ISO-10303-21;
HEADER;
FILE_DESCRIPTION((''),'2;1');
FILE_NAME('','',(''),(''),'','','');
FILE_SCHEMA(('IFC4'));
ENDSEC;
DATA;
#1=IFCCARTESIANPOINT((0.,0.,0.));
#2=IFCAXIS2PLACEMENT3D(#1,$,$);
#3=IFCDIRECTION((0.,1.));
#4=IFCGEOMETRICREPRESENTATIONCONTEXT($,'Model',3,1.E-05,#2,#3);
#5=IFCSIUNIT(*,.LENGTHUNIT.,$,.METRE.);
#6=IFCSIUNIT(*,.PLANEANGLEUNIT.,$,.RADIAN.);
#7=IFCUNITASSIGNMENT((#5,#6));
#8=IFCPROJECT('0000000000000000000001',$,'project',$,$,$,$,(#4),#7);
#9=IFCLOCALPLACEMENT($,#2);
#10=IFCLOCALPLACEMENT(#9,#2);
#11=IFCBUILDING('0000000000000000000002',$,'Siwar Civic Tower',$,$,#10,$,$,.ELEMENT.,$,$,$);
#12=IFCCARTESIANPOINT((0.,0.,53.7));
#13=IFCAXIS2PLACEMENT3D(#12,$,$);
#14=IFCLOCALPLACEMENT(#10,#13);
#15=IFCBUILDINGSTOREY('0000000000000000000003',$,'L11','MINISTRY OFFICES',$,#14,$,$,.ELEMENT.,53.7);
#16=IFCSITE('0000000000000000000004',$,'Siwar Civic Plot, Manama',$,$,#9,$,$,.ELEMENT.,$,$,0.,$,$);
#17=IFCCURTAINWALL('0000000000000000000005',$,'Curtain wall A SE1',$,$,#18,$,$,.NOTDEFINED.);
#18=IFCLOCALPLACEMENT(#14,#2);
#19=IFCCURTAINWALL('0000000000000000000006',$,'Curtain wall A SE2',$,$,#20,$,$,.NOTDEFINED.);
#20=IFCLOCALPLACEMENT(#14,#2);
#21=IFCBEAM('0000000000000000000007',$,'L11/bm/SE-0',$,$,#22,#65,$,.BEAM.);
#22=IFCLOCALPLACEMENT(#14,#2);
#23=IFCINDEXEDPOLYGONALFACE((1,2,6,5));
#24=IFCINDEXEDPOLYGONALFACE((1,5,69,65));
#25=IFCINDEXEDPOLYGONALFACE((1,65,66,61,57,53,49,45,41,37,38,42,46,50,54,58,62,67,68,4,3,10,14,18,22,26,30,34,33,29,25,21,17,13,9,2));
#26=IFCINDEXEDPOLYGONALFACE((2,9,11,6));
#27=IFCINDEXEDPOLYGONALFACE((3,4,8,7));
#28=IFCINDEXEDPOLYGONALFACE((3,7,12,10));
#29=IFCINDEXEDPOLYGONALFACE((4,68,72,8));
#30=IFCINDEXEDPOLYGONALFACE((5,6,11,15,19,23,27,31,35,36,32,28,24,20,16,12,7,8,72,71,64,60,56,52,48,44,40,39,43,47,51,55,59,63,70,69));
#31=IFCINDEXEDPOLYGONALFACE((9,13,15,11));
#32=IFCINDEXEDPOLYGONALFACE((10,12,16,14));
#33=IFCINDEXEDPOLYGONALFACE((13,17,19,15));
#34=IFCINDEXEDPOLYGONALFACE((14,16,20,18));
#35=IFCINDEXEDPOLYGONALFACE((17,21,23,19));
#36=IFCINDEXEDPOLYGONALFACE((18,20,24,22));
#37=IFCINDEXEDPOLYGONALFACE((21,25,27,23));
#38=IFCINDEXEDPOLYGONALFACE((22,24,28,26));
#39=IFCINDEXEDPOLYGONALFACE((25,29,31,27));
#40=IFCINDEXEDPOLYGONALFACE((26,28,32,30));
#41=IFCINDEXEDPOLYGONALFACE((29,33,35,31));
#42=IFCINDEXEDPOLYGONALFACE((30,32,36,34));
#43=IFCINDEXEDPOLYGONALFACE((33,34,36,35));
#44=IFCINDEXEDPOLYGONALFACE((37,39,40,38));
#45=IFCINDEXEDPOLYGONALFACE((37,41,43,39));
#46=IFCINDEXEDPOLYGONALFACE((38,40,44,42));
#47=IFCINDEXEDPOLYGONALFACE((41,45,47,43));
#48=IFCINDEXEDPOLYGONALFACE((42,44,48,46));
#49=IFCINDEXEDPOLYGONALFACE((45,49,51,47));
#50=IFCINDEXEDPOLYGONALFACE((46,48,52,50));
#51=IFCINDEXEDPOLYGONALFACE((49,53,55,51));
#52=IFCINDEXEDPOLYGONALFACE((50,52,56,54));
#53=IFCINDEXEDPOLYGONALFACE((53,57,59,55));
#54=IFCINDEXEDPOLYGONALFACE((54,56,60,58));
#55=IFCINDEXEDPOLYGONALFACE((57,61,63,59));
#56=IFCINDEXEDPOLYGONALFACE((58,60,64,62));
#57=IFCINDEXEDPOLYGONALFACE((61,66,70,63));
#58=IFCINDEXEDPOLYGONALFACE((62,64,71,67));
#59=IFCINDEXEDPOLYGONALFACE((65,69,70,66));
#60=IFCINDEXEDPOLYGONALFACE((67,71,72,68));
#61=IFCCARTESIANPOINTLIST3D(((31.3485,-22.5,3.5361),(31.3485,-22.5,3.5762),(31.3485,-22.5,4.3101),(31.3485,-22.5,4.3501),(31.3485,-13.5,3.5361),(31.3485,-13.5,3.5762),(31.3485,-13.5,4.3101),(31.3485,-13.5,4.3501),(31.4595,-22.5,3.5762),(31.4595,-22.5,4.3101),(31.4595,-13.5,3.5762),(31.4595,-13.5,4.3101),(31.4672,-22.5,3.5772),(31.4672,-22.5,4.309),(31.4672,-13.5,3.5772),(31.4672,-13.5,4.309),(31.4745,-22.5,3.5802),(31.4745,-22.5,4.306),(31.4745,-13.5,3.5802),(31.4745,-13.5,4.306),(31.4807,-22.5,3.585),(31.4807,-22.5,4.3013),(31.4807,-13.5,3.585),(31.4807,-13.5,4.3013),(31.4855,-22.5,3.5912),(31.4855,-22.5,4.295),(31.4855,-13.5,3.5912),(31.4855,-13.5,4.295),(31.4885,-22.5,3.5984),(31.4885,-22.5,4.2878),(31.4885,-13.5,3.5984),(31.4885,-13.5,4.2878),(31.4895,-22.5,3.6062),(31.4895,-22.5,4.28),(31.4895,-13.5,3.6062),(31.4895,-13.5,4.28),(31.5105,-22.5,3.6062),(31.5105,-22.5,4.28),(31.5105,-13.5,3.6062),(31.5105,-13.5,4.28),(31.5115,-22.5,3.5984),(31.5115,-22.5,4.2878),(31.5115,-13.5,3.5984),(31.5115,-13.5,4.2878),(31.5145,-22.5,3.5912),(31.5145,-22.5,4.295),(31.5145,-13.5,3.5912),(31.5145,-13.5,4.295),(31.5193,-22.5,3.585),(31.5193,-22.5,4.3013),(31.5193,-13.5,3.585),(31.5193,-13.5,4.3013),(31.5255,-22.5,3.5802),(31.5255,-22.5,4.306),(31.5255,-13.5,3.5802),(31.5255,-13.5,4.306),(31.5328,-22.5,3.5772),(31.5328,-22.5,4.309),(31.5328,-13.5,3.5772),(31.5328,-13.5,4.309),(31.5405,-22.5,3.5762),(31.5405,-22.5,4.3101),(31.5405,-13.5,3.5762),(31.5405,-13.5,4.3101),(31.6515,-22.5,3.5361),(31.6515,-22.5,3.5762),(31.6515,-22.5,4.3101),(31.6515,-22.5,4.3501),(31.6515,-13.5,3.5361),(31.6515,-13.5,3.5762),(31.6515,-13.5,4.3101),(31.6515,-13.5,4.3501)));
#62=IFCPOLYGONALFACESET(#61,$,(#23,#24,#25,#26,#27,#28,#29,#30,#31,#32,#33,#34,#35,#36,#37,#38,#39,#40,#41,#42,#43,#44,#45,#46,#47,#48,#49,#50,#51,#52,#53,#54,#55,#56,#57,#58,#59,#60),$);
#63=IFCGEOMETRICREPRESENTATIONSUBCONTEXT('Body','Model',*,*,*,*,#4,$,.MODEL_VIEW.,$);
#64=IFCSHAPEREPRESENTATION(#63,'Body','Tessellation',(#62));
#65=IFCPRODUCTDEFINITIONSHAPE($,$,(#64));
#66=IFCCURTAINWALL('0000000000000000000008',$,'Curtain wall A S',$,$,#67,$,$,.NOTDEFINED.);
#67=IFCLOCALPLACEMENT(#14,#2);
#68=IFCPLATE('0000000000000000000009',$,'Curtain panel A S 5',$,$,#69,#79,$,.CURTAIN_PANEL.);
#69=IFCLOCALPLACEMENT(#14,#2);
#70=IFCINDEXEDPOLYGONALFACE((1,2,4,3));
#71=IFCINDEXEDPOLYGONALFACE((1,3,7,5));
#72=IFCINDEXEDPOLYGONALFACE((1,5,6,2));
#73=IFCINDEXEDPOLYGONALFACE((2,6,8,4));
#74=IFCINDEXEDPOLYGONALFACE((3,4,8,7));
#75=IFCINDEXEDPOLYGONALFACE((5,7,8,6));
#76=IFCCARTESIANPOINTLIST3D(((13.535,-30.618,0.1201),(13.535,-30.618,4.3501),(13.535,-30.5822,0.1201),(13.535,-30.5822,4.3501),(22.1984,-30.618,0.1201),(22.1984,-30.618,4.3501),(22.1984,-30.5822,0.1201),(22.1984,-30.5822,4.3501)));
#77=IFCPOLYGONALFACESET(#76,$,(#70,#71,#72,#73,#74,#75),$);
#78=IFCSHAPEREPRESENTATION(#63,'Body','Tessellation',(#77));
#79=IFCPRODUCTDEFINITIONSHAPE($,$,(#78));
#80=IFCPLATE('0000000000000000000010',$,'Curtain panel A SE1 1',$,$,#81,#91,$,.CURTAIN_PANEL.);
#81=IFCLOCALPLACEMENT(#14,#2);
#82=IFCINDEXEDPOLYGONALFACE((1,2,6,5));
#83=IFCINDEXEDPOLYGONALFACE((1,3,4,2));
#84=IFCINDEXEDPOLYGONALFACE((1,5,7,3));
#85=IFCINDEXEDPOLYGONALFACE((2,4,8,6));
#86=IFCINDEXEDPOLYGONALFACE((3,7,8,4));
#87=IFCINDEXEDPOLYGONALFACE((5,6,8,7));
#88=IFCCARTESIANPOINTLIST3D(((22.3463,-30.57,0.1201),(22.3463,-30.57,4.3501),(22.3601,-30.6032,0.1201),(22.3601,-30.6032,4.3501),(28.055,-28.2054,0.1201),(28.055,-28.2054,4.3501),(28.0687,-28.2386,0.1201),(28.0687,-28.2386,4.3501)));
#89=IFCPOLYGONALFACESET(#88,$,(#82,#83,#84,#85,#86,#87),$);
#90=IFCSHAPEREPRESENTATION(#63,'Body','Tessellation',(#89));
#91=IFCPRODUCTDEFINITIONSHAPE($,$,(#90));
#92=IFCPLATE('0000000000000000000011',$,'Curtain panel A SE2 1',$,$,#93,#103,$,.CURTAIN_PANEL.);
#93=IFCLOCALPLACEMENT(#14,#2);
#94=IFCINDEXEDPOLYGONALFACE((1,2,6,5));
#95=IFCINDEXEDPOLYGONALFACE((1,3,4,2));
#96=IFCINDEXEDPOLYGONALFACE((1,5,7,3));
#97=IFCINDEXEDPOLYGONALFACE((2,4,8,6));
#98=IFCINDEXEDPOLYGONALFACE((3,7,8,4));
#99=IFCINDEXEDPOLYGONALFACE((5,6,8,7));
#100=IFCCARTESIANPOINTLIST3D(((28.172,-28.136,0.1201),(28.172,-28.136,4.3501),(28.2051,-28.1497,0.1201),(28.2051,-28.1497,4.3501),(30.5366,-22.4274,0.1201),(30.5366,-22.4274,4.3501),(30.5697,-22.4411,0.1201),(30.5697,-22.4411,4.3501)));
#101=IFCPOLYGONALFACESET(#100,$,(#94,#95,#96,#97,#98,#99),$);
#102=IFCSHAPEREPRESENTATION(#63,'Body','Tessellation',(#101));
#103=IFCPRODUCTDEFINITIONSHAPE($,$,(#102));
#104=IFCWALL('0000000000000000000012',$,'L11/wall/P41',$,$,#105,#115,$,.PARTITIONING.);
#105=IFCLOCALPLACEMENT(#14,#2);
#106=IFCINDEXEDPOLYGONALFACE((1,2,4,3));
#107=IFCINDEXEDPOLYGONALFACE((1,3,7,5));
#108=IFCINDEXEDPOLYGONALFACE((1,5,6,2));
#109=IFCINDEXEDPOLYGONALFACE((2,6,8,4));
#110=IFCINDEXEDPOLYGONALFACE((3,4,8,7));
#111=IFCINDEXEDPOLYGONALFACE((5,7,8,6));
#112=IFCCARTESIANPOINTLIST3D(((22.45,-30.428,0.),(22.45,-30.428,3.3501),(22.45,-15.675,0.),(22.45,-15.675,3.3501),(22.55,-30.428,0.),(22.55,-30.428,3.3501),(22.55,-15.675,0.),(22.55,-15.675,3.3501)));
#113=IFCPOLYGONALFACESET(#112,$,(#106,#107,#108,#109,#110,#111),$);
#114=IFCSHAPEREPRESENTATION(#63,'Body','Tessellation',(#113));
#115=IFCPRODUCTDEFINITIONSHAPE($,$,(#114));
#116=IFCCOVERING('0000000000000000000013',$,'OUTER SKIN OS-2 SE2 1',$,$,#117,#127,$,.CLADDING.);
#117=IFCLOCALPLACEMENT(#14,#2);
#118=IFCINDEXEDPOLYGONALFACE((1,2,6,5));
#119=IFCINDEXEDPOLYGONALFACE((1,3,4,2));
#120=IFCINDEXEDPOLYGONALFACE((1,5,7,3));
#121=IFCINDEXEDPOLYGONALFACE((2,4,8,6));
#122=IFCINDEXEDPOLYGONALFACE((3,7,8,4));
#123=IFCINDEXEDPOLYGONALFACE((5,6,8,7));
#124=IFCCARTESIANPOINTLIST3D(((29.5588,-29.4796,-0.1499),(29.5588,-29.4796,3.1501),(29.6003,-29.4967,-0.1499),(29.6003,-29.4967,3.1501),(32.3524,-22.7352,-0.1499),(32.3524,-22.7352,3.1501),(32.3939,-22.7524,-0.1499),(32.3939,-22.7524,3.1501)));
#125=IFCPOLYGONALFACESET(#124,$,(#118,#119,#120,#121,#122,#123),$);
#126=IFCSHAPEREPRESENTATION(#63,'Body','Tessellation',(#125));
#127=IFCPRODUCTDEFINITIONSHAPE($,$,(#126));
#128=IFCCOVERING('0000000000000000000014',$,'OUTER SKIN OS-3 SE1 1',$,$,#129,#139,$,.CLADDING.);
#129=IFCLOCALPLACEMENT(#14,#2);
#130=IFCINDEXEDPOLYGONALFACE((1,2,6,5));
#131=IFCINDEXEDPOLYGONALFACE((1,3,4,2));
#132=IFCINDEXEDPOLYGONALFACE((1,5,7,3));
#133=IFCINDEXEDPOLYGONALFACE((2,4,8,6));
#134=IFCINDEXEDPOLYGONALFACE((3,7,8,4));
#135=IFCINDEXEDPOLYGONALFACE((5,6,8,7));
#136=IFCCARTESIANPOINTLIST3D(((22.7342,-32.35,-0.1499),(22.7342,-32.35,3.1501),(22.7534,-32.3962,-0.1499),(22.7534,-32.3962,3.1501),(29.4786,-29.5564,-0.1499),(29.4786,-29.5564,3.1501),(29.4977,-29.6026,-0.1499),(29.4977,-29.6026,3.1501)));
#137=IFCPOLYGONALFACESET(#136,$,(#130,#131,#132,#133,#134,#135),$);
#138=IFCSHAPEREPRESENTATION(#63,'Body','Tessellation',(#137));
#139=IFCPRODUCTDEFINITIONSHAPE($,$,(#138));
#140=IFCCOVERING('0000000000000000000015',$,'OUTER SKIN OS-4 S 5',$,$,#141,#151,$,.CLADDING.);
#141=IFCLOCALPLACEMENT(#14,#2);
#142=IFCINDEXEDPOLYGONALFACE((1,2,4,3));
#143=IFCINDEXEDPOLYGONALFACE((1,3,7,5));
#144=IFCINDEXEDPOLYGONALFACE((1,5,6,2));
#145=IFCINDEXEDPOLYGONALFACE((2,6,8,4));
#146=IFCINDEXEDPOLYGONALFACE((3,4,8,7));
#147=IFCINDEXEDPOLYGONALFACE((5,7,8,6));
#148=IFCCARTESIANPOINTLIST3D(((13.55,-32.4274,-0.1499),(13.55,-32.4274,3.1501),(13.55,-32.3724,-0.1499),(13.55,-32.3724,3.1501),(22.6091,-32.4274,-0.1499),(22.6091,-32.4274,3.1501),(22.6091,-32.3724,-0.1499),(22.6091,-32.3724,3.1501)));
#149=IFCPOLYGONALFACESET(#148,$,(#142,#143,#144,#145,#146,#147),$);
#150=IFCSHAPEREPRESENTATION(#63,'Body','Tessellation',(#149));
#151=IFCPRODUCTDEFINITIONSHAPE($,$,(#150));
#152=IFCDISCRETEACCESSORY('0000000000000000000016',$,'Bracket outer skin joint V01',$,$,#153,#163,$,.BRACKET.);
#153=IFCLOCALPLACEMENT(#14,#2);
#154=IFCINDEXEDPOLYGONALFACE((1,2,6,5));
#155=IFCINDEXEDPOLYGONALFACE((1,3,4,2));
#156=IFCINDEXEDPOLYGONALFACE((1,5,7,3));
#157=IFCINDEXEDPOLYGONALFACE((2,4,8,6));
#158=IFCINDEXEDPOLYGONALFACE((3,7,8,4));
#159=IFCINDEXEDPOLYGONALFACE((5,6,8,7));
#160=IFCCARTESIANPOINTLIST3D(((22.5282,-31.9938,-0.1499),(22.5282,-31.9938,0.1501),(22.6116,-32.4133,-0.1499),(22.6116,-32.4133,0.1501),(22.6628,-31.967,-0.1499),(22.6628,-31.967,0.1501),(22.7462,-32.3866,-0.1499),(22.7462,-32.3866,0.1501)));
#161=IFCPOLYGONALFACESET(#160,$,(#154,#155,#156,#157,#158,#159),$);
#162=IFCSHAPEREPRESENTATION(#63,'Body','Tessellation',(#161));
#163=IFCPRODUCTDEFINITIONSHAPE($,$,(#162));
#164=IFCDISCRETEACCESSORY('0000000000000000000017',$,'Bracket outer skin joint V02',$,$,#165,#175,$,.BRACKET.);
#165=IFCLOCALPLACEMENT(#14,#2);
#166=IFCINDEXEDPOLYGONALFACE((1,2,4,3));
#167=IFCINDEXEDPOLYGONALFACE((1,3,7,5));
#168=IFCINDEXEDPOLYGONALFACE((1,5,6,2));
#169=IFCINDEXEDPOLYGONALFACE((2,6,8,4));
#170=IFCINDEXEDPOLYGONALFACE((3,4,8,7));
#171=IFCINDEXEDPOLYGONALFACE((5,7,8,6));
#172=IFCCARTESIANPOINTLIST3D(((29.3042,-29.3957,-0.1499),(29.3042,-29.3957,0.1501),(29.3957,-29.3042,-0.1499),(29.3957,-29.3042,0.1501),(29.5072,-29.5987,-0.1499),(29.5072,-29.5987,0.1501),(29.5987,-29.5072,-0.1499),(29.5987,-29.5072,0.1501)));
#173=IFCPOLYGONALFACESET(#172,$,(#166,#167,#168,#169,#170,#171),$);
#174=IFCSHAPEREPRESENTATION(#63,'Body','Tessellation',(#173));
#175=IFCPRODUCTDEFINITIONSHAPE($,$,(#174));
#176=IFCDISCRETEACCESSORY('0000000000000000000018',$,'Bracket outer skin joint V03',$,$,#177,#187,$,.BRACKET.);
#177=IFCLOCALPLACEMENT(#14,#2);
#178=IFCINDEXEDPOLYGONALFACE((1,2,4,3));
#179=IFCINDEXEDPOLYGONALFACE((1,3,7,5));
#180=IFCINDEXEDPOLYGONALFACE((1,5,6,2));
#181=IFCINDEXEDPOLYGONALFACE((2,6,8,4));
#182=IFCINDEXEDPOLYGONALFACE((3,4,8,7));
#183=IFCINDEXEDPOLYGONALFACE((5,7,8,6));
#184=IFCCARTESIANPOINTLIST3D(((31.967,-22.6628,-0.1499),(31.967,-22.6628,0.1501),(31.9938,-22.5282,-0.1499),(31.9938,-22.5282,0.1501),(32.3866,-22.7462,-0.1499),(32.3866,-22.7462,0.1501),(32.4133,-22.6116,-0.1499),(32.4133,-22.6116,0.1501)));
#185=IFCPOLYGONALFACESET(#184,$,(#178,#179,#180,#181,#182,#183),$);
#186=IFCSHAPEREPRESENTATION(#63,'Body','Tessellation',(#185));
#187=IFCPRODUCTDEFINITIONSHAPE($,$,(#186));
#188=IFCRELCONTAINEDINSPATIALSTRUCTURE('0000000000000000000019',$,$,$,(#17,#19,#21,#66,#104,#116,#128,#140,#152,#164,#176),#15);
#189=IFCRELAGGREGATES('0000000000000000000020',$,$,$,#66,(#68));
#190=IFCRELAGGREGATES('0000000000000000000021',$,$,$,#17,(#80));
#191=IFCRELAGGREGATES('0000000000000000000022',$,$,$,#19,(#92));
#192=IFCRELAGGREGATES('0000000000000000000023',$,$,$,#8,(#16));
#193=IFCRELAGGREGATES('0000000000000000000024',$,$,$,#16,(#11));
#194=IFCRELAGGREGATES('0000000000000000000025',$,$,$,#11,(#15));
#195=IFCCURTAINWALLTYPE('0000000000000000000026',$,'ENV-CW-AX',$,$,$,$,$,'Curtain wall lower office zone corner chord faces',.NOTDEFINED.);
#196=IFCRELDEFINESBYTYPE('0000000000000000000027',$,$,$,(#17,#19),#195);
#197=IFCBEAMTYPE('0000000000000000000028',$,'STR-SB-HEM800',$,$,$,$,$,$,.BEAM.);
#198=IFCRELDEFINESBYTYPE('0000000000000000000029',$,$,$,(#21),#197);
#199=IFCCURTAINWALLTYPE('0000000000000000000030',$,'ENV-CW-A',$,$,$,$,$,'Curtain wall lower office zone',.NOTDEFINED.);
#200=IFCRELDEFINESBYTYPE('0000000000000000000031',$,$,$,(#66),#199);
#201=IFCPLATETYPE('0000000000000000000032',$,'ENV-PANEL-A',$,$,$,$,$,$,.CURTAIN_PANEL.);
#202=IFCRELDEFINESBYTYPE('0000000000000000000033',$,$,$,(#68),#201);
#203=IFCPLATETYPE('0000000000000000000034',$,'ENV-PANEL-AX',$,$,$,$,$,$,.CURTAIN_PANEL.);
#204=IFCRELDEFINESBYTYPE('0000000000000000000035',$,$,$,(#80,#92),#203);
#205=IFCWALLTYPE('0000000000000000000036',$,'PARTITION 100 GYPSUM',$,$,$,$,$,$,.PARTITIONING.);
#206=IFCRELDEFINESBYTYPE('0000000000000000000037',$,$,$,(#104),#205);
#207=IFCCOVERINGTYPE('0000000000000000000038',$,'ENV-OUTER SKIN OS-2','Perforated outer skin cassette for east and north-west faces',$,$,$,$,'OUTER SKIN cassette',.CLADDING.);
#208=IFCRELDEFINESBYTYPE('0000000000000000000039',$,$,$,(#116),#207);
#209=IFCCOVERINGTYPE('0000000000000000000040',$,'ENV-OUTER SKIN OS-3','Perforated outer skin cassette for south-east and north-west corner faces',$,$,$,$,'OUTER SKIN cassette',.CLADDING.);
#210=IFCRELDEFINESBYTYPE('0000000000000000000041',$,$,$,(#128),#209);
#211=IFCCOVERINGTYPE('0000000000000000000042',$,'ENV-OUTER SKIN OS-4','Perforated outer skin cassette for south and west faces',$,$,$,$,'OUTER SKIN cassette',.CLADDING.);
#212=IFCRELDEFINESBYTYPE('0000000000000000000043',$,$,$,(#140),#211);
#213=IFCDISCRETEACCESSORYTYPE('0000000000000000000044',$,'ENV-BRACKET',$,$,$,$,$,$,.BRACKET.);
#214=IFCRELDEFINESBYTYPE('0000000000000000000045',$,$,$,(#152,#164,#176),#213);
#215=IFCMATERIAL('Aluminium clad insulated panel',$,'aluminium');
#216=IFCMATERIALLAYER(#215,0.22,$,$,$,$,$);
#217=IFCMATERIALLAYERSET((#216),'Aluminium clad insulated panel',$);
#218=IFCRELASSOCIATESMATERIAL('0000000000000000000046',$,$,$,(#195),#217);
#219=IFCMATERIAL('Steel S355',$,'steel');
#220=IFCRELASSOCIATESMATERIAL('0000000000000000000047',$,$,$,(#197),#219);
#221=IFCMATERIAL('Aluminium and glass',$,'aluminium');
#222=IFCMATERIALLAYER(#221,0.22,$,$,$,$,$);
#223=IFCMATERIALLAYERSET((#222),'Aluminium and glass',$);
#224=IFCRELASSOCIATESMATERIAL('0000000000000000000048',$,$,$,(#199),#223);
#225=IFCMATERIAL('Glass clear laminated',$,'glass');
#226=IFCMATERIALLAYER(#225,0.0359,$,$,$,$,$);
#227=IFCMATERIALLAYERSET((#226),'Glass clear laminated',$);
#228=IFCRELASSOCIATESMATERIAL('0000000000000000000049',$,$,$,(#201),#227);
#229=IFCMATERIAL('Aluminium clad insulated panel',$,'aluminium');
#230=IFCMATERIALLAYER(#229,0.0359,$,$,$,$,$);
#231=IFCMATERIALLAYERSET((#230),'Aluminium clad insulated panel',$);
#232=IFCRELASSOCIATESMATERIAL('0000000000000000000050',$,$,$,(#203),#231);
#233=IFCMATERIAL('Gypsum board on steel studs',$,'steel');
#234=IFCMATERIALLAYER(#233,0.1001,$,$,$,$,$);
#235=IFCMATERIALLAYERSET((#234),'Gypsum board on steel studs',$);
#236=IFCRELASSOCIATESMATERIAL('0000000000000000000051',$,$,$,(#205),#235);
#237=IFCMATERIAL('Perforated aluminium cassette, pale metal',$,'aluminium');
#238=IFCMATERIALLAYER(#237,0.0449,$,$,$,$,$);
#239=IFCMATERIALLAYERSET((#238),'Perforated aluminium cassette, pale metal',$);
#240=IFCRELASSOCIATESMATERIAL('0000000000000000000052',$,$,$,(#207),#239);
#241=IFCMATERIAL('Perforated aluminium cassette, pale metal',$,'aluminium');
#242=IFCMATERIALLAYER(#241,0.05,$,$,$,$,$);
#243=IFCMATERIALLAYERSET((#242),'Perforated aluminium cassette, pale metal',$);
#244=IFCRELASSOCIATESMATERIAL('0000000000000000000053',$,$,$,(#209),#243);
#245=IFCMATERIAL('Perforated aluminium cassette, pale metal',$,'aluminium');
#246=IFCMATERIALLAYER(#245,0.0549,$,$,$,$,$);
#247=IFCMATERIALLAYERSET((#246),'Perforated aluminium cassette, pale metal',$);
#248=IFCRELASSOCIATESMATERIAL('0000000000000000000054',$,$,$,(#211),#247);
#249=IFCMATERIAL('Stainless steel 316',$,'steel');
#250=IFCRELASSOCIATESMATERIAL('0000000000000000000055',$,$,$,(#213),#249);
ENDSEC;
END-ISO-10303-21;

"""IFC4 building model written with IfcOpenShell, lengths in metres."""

from ifc_helpers import new_model, si_unit, direction, frame, frame_2d, origin, origin_2d, place, context, subcontext, project, spatial, rectangle, i_section, extrude, material, layer, layer_set, material_profile, profile_set, type_object, element, aggregate, save


model = new_model("IFC4")

# Units and contexts
model_context = context("Model", 3, precision=1e-05, world=origin(), true_north=direction((0.0, 1.0)))
body_context = subcontext(model_context, "Body", "Model", "MODEL_VIEW")
ifc_project = project(units=[si_unit("LENGTHUNIT", "METRE"), si_unit("PLANEANGLEUNIT", "RADIAN")], contexts=[model_context])

# Site, building, storey
site_placement = place(None, origin())
site = spatial("IfcSite", under=ifc_project, at=site_placement, Name="Siwar Civic Plot, Manama", CompositionType="ELEMENT", RefElevation=0.0)
building_placement = place(site_placement, origin())
building = spatial("IfcBuilding", under=site, at=building_placement, Name="Siwar Civic Tower", CompositionType="ELEMENT")
storey_placement = place(building_placement, frame((0.0, 0.0, 53.7)))
storey = spatial("IfcBuildingStorey", under=building, at=storey_placement, Name="L11", Description="MINISTRY OFFICES", CompositionType="ELEMENT", Elevation=53.7)

# Curtain walls
ifc_material_1 = material(Name="Aluminium clad insulated panel", Category="aluminium")
ifc_layer_1 = layer(ifc_material_1, 0.22)
ifc_layer_set_1 = layer_set([ifc_layer_1], Name="Aluminium clad insulated panel")
curtain_wall_type_1 = type_object("IfcCurtainWallType", Name="ENV-CW-AX", ElementType="Curtain wall lower office zone corner chord faces", PredefinedType="NOTDEFINED", material=ifc_layer_set_1)
curtain_wall_1_placement = place(storey_placement, origin())
curtain_wall_1 = element("IfcCurtainWall", 1, at=curtain_wall_1_placement, inside=storey, type_object=curtain_wall_type_1, Name="Curtain wall A SE1", PredefinedType="NOTDEFINED")
curtain_wall_2_placement = place(storey_placement, origin())
curtain_wall_2 = element("IfcCurtainWall", 2, at=curtain_wall_2_placement, inside=storey, type_object=curtain_wall_type_1, Name="Curtain wall A SE2", PredefinedType="NOTDEFINED")

# Beam
ifc_material_2 = material(Name="Steel S355", Category="steel")
ifc_material_profile_1 = material_profile(ifc_material_2, i_section(OverallWidth=0.303, OverallDepth=0.814, WebThickness=0.021, FlangeThickness=0.04, FilletRadius=0.03, at=origin_2d()), Name="HEM800")
ifc_profile_set_1 = profile_set([ifc_material_profile_1], Name="Steel S355")
beam_type_1 = type_object("IfcBeamType", Name="STR-SB-HEM800", PredefinedType="BEAM", material=ifc_profile_set_1)
beam_1_placement = place(storey_placement, frame((31.5, -22.5, 3.9431), z_axis=(0.0, 1.0, 0.0), x_axis=(-1.0, 0.0, 0.0)))
element("IfcBeam", 3, at=beam_1_placement, inside=storey, type_object=beam_type_1, Name="L11/bm/SE-0", PredefinedType="BEAM", context=body_context, shape_type="SweptSolid", body=[
    extrude(i_section(OverallWidth=0.303, OverallDepth=0.814, WebThickness=0.021, FlangeThickness=0.04, FilletRadius=0.03, at=origin_2d()), origin(), (0.0, 0.0, 1.0), 9.0),
])

# Curtain wall, plate
ifc_material_3 = material(Name="Aluminium and glass", Category="aluminium")
ifc_layer_2 = layer(ifc_material_3, 0.22)
ifc_layer_set_2 = layer_set([ifc_layer_2], Name="Aluminium and glass")
curtain_wall_type_2 = type_object("IfcCurtainWallType", Name="ENV-CW-A", ElementType="Curtain wall lower office zone", PredefinedType="NOTDEFINED", material=ifc_layer_set_2)
curtain_wall_3_placement = place(storey_placement, origin())
curtain_wall_3 = element("IfcCurtainWall", 4, at=curtain_wall_3_placement, inside=storey, type_object=curtain_wall_type_2, Name="Curtain wall A S", PredefinedType="NOTDEFINED")
ifc_material_4 = material(Name="Glass clear laminated", Category="glass")
ifc_layer_3 = layer(ifc_material_4, 0.0359)
ifc_layer_set_3 = layer_set([ifc_layer_3], Name="Glass clear laminated")
plate_type_1 = type_object("IfcPlateType", Name="ENV-PANEL-A", PredefinedType="CURTAIN_PANEL", material=ifc_layer_set_3)
plate_1_placement = place(storey_placement, frame((17.8667, -30.6001, 0.1201), z_axis=(0.0, 0.0, 1.0), x_axis=(1.0, 0.0, 0.0)))
plate_1 = element("IfcPlate", 5, at=plate_1_placement, type_object=plate_type_1, Name="Curtain panel A S 5", PredefinedType="CURTAIN_PANEL", context=body_context, shape_type="SweptSolid", body=[
    extrude(rectangle(XDim=8.6633, YDim=0.0359, at=origin_2d()), origin(), (0.0, 0.0, 1.0), 4.23),
])
aggregate(curtain_wall_3, [plate_1])

# Plates
ifc_material_5 = material(Name="Aluminium clad insulated panel", Category="aluminium")
ifc_layer_4 = layer(ifc_material_5, 0.0359)
ifc_layer_set_4 = layer_set([ifc_layer_4], Name="Aluminium clad insulated panel")
plate_type_2 = type_object("IfcPlateType", Name="ENV-PANEL-AX", PredefinedType="CURTAIN_PANEL", material=ifc_layer_set_4)
plate_2_placement = place(storey_placement, frame((25.2075, -29.4043, 0.1201), z_axis=(0.0, 0.0, 1.0), x_axis=(0.92388, 0.382683, 0.0)))
plate_2 = element("IfcPlate", 6, at=plate_2_placement, type_object=plate_type_2, Name="Curtain panel A SE1 1", PredefinedType="CURTAIN_PANEL", context=body_context, shape_type="SweptSolid", body=[
    extrude(rectangle(XDim=6.179, YDim=0.0359, at=origin_2d()), origin(), (0.0, 0.0, 1.0), 4.23),
])
aggregate(curtain_wall_1, [plate_2])
plate_3_placement = place(storey_placement, frame((29.3708, -25.2886, 0.1201), z_axis=(0.0, 0.0, 1.0), x_axis=(0.382683, 0.92388, 0.0)))
plate_3 = element("IfcPlate", 7, at=plate_3_placement, type_object=plate_type_2, Name="Curtain panel A SE2 1", PredefinedType="CURTAIN_PANEL", context=body_context, shape_type="SweptSolid", body=[
    extrude(rectangle(XDim=6.179, YDim=0.0359, at=origin_2d()), origin(), (0.0, 0.0, 1.0), 4.23),
])
aggregate(curtain_wall_2, [plate_3])

# Wall
ifc_material_6 = material(Name="Gypsum board on steel studs", Category="steel")
ifc_layer_5 = layer(ifc_material_6, 0.1001)
ifc_layer_set_5 = layer_set([ifc_layer_5], Name="Gypsum board on steel studs")
wall_type = type_object("IfcWallType", Name="PARTITION 100 GYPSUM", PredefinedType="PARTITIONING", material=ifc_layer_set_5)
wall_placement = place(storey_placement, frame((22.5, -30.428, 0.0), z_axis=(0.0, 0.0, 1.0), x_axis=(0.0, 1.0, 0.0)))
element("IfcWall", 8, at=wall_placement, inside=storey, type_object=wall_type, Name="L11/wall/P41", PredefinedType="PARTITIONING", context=body_context, shape_type="SweptSolid", body=[
    extrude(rectangle(XDim=14.7529, YDim=0.1001, at=frame_2d((7.3765, 0.0))), origin(), (0.0, 0.0, 1.0), 3.3501),
])

# Coverings
ifc_material_7 = material(Name="Perforated aluminium cassette, pale metal", Category="aluminium")
ifc_layer_6 = layer(ifc_material_7, 0.0449)
ifc_layer_set_6 = layer_set([ifc_layer_6], Name="Perforated aluminium cassette, pale metal")
covering_type_1 = type_object("IfcCoveringType", Name="ENV-OUTER SKIN OS-2", Description="Perforated outer skin cassette for east and north-west faces", ElementType="OUTER SKIN cassette", PredefinedType="CLADDING", material=ifc_layer_set_6)
covering_1_placement = place(storey_placement, frame((30.9763, -26.116, -0.1499), z_axis=(0.0, 0.0, 1.0), x_axis=(0.382683, 0.92388, 0.0)))
element("IfcCovering", 9, at=covering_1_placement, inside=storey, type_object=covering_type_1, Name="OUTER SKIN OS-2 SE2 1", PredefinedType="CLADDING", context=body_context, shape_type="SweptSolid", body=[
    extrude(rectangle(XDim=7.3, YDim=0.0449, at=origin_2d()), origin(), (0.0, 0.0, 1.0), 3.3),
])
ifc_material_8 = material(Name="Perforated aluminium cassette, pale metal", Category="aluminium")
ifc_layer_7 = layer(ifc_material_8, 0.05)
ifc_layer_set_7 = layer_set([ifc_layer_7], Name="Perforated aluminium cassette, pale metal")
covering_type_2 = type_object("IfcCoveringType", Name="ENV-OUTER SKIN OS-3", Description="Perforated outer skin cassette for south-east and north-west corner faces", ElementType="OUTER SKIN cassette", PredefinedType="CLADDING", material=ifc_layer_set_7)
covering_2_placement = place(storey_placement, frame((26.116, -30.9763, -0.1499), z_axis=(0.0, 0.0, 1.0), x_axis=(0.92388, 0.382683, 0.0)))
element("IfcCovering", 10, at=covering_2_placement, inside=storey, type_object=covering_type_2, Name="OUTER SKIN OS-3 SE1 1", PredefinedType="CLADDING", context=body_context, shape_type="SweptSolid", body=[
    extrude(rectangle(XDim=7.3, YDim=0.05, at=origin_2d()), origin(), (0.0, 0.0, 1.0), 3.3),
])
ifc_material_9 = material(Name="Perforated aluminium cassette, pale metal", Category="aluminium")
ifc_layer_8 = layer(ifc_material_9, 0.0549)
ifc_layer_set_8 = layer_set([ifc_layer_8], Name="Perforated aluminium cassette, pale metal")
covering_type_3 = type_object("IfcCoveringType", Name="ENV-OUTER SKIN OS-4", Description="Perforated outer skin cassette for south and west faces", ElementType="OUTER SKIN cassette", PredefinedType="CLADDING", material=ifc_layer_set_8)
covering_3_placement = place(storey_placement, frame((18.0796, -32.3999, -0.1499), z_axis=(0.0, 0.0, 1.0), x_axis=(1.0, 0.0, 0.0)))
element("IfcCovering", 11, at=covering_3_placement, inside=storey, type_object=covering_type_3, Name="OUTER SKIN OS-4 S 5", PredefinedType="CLADDING", context=body_context, shape_type="SweptSolid", body=[
    extrude(rectangle(XDim=9.0591, YDim=0.0549, at=origin_2d()), origin(), (0.0, 0.0, 1.0), 3.3),
])

# Discrete accessories
ifc_material_10 = material(Name="Stainless steel 316", Category="steel")
discrete_accessory_type = type_object("IfcDiscreteAccessoryType", Name="ENV-BRACKET", PredefinedType="BRACKET", material=ifc_material_10)
discrete_accessory_1_placement = place(storey_placement, frame((22.6372, -32.1902, -0.1499), z_axis=(0.0, 0.0, 1.0), x_axis=(0.19509, -0.980785, 0.0)))
element("IfcDiscreteAccessory", 12, at=discrete_accessory_1_placement, inside=storey, type_object=discrete_accessory_type, Name="Bracket outer skin joint V01", PredefinedType="BRACKET", context=body_context, shape_type="SweptSolid", body=[
    extrude(rectangle(XDim=0.4277, YDim=0.1372, at=origin_2d()), origin(), (0.0, 0.0, 1.0), 0.3),
])
discrete_accessory_2_placement = place(storey_placement, frame((29.4514, -29.4514, -0.1499), z_axis=(0.0, 0.0, 1.0), x_axis=(0.707107, -0.707107, 0.0)))
element("IfcDiscreteAccessory", 13, at=discrete_accessory_2_placement, inside=storey, type_object=discrete_accessory_type, Name="Bracket outer skin joint V02", PredefinedType="BRACKET", context=body_context, shape_type="SweptSolid", body=[
    extrude(rectangle(XDim=0.2871, YDim=0.1294, at=origin_2d()), origin(), (0.0, 0.0, 1.0), 0.3),
])
discrete_accessory_3_placement = place(storey_placement, frame((32.1902, -22.6372, -0.1499), z_axis=(0.0, 0.0, 1.0), x_axis=(0.980785, -0.19509, 0.0)))
element("IfcDiscreteAccessory", 14, at=discrete_accessory_3_placement, inside=storey, type_object=discrete_accessory_type, Name="Bracket outer skin joint V03", PredefinedType="BRACKET", context=body_context, shape_type="SweptSolid", body=[
    extrude(rectangle(XDim=0.4277, YDim=0.1372, at=origin_2d()), origin(), (0.0, 0.0, 1.0), 0.3),
])

save(model, "model.ifc")
